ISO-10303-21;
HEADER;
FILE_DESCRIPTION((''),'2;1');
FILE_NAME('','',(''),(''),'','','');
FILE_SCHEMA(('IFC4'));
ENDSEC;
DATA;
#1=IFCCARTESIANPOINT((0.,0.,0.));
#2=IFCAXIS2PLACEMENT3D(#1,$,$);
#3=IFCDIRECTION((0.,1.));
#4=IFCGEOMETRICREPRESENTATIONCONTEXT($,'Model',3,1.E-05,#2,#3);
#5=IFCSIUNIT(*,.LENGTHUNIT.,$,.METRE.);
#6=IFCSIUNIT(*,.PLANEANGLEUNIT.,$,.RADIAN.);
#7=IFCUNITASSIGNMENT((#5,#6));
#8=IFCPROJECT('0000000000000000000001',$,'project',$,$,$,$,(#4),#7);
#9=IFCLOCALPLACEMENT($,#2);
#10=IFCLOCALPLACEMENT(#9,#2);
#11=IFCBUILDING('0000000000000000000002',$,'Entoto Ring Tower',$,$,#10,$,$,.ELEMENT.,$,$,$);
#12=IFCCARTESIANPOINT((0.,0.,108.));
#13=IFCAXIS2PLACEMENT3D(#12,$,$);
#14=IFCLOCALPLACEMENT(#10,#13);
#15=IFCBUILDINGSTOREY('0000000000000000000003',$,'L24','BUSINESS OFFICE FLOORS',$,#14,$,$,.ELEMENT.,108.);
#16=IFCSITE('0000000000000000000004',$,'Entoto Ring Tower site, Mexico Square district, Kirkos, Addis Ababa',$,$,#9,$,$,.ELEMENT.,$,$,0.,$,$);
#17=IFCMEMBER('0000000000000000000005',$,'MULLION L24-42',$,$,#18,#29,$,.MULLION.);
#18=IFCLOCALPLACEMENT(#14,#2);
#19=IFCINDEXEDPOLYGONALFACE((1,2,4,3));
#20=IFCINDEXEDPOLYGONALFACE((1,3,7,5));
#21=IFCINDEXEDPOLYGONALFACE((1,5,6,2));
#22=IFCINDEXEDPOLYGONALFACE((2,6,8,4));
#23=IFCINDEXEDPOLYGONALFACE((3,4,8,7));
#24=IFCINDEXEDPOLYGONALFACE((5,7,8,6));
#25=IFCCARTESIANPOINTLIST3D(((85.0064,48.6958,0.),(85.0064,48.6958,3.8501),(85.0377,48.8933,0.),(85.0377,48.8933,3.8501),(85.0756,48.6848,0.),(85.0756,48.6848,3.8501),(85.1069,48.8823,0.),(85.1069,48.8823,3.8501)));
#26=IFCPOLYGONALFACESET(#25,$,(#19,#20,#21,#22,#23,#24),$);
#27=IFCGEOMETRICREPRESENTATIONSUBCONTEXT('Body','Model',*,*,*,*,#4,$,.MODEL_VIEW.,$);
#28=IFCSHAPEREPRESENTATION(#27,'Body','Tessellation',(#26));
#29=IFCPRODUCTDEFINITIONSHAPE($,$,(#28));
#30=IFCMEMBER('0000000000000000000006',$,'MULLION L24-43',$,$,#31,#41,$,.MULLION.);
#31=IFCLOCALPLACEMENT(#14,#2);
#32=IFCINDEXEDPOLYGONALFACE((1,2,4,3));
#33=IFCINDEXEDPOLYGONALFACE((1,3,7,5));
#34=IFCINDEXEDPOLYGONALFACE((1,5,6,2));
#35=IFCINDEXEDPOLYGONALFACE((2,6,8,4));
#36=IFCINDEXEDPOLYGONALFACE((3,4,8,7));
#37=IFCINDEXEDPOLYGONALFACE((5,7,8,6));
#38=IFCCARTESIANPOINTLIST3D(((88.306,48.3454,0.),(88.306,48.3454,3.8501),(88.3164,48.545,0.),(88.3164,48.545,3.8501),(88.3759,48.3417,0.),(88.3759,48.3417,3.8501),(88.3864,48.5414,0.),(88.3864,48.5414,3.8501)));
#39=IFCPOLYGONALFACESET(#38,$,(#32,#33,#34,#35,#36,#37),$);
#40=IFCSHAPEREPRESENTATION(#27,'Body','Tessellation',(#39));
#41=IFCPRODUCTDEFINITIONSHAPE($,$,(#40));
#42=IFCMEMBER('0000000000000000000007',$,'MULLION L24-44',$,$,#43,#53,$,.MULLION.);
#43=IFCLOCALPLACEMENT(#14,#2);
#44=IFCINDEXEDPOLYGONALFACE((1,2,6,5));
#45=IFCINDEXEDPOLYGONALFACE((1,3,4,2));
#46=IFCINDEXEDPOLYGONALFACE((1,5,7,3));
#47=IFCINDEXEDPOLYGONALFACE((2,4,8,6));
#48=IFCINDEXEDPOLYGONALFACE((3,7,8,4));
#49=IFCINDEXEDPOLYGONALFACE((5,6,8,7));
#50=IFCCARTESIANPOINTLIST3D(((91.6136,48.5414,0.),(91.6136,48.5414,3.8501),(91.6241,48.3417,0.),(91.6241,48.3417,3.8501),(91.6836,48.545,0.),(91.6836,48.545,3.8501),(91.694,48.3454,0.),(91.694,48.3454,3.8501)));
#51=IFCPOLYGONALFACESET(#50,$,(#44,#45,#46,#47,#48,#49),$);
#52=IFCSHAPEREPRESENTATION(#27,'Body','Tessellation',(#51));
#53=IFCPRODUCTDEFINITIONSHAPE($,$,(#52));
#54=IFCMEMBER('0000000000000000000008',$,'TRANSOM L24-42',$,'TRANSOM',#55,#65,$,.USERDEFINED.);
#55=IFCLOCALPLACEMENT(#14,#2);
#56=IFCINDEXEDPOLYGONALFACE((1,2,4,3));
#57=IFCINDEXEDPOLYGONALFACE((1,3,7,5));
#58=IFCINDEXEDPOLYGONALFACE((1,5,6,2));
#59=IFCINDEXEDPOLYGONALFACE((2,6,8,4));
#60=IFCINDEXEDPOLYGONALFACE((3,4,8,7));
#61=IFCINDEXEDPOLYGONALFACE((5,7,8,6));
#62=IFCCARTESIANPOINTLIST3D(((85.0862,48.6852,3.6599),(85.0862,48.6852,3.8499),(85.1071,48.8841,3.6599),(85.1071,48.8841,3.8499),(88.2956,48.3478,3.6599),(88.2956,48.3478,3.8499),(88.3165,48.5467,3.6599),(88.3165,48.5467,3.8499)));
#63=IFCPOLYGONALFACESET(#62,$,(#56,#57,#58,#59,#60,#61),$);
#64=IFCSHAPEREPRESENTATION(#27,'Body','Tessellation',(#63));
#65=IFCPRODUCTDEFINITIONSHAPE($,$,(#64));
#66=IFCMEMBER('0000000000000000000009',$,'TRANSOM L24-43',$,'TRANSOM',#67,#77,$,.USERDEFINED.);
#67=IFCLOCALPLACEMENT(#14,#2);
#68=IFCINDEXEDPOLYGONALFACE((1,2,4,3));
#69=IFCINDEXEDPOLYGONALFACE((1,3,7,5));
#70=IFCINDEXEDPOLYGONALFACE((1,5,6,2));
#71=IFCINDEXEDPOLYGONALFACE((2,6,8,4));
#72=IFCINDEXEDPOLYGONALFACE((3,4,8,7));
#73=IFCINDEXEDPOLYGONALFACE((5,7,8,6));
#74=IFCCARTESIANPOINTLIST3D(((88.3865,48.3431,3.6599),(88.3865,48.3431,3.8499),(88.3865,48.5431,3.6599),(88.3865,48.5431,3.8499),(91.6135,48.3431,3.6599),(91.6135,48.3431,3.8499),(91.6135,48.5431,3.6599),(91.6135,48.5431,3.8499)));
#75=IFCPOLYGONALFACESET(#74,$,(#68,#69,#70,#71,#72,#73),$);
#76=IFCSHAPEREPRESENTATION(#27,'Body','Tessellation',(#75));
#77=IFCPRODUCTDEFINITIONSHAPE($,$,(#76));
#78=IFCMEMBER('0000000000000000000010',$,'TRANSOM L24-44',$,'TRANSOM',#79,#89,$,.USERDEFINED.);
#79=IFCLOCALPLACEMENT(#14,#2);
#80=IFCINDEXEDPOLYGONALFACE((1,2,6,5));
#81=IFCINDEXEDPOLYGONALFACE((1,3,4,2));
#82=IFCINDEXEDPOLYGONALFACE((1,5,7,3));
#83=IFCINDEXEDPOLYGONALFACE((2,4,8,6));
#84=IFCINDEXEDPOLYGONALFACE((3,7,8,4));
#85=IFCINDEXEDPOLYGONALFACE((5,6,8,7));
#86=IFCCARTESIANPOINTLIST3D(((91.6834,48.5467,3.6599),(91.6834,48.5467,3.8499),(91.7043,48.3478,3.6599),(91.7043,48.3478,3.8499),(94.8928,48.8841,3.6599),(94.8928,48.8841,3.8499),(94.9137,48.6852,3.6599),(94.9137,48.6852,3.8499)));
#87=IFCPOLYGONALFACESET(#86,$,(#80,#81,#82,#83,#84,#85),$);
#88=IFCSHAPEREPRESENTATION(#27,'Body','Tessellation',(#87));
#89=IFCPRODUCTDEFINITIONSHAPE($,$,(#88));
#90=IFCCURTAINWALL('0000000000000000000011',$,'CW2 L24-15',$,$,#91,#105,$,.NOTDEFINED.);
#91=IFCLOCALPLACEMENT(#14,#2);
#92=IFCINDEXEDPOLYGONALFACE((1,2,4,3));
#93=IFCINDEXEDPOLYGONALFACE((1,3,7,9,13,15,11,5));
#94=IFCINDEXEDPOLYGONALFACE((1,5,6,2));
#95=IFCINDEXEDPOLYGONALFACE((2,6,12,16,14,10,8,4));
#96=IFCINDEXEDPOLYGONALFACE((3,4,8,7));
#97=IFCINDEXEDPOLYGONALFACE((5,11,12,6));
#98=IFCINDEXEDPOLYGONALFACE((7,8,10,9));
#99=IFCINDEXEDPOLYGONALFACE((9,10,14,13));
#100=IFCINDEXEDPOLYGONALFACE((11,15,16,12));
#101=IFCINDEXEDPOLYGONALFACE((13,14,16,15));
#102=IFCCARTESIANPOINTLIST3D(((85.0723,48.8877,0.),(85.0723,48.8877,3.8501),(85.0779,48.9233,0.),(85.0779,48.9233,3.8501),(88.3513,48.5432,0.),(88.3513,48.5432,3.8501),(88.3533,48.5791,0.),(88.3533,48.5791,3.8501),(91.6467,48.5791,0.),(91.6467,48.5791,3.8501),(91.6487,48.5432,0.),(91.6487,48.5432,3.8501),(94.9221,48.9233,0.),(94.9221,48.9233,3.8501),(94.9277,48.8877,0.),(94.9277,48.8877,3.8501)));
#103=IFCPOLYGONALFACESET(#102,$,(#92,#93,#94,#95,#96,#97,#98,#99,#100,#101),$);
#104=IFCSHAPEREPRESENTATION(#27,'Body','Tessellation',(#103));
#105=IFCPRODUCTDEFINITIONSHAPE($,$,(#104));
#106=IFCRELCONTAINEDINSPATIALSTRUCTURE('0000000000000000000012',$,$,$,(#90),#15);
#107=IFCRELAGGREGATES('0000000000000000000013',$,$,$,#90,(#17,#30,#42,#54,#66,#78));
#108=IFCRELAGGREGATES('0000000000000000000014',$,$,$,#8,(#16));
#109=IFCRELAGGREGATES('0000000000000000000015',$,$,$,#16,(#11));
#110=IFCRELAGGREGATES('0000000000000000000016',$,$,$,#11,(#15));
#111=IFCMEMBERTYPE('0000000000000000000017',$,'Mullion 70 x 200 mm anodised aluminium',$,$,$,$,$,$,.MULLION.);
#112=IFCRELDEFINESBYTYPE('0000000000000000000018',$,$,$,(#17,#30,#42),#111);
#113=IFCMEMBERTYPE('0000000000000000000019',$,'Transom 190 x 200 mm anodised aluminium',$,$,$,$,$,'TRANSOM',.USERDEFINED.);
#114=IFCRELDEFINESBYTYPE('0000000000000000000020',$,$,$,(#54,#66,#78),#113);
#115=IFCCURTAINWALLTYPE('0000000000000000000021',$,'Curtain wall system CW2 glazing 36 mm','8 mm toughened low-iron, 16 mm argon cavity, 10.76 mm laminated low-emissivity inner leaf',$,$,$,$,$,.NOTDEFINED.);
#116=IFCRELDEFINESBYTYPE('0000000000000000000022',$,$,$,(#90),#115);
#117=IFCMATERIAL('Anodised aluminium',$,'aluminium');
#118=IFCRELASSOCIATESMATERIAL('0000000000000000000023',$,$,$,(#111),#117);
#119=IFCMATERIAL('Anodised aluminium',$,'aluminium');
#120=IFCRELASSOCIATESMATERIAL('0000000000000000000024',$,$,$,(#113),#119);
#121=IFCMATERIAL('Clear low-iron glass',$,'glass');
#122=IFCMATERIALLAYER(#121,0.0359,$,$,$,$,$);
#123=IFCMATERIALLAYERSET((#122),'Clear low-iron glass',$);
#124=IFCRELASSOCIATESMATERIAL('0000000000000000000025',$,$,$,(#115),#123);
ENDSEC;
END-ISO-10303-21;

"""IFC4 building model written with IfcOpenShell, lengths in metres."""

from ifc_helpers import new_model, si_unit, direction, frame, origin, origin_2d, place, context, subcontext, project, spatial, polyline, rectangle, outline, extrude, material, layer, layer_set, material_profile, profile_set, type_object, element, aggregate, save


model = new_model("IFC4")

# Units and contexts
model_context = context("Model", 3, precision=1e-05, world=origin(), true_north=direction((0.0, 1.0)))
body_context = subcontext(model_context, "Body", "Model", "MODEL_VIEW")
ifc_project = project(units=[si_unit("LENGTHUNIT", "METRE"), si_unit("PLANEANGLEUNIT", "RADIAN")], contexts=[model_context])

# Members
ifc_material_1 = material(Name="Anodised aluminium", Category="aluminium")
ifc_material_profile_1 = material_profile(ifc_material_1, rectangle(XDim=0.0701, YDim=0.2, at=origin_2d()), Name="Mullion 70 x 200 mm anodised aluminium")
ifc_profile_set_1 = profile_set([ifc_material_profile_1], Name="Anodised aluminium")
member_type_1 = type_object("IfcMemberType", Name="Mullion 70 x 200 mm anodised aluminium", PredefinedType="MULLION", material=ifc_profile_set_1)
site_placement = place(None, origin())
building_placement = place(site_placement, origin())
storey_placement = place(building_placement, frame((0.0, 0.0, 108.0)))
member_1_placement = place(storey_placement, frame((85.0566, 48.7891, 0.0), z_axis=(0.0, 0.0, 1.0), x_axis=(0.987688, -0.156434, 0.0)))
member_1 = element("IfcMember", 1, at=member_1_placement, type_object=member_type_1, Name="MULLION L24-42", PredefinedType="MULLION", context=body_context, shape_type="SweptSolid", body=[
    extrude(rectangle(XDim=0.0701, YDim=0.2, at=origin_2d()), origin(), (0.0, 0.0, 1.0), 3.8501),
])
member_2_placement = place(storey_placement, frame((88.3462, 48.4434, 0.0), z_axis=(0.0, 0.0, 1.0), x_axis=(0.99863, -0.052336, 0.0)))
member_2 = element("IfcMember", 2, at=member_2_placement, type_object=member_type_1, Name="MULLION L24-43", PredefinedType="MULLION", context=body_context, shape_type="SweptSolid", body=[
    extrude(rectangle(XDim=0.0701, YDim=0.2, at=origin_2d()), origin(), (0.0, 0.0, 1.0), 3.8501),
])
member_3_placement = place(storey_placement, frame((91.6538, 48.4434, 0.0), z_axis=(0.0, 0.0, 1.0), x_axis=(0.99863, 0.052336, 0.0)))
member_3 = element("IfcMember", 3, at=member_3_placement, type_object=member_type_1, Name="MULLION L24-44", PredefinedType="MULLION", context=body_context, shape_type="SweptSolid", body=[
    extrude(rectangle(XDim=0.0701, YDim=0.2, at=origin_2d()), origin(), (0.0, 0.0, 1.0), 3.8501),
])
ifc_material_2 = material(Name="Anodised aluminium", Category="aluminium")
ifc_material_profile_2 = material_profile(ifc_material_2, rectangle(XDim=0.2, YDim=0.1899, at=origin_2d()), Name="Transom 190 x 200 mm anodised aluminium")
ifc_profile_set_2 = profile_set([ifc_material_profile_2], Name="Anodised aluminium")
member_type_2 = type_object("IfcMemberType", Name="Transom 190 x 200 mm anodised aluminium", ElementType="TRANSOM", PredefinedType="USERDEFINED", material=ifc_profile_set_2)
member_4_placement = place(storey_placement, frame((85.0967, 48.7847, 3.7549), z_axis=(0.99452, -0.104551, 0.0), x_axis=(0.104551, 0.99452, 0.0)))
member_4 = element("IfcMember", 4, at=member_4_placement, type_object=member_type_2, Name="TRANSOM L24-42", ObjectType="TRANSOM", PredefinedType="USERDEFINED", context=body_context, shape_type="SweptSolid", body=[
    extrude(rectangle(XDim=0.2, YDim=0.1899, at=origin_2d()), origin(), (0.0, 0.0, 1.0), 3.2271),
])
member_5_placement = place(storey_placement, frame((88.3865, 48.4431, 3.7549), z_axis=(1.0, 0.0, 0.0), x_axis=(0.0, 1.0, 0.0)))
member_5 = element("IfcMember", 5, at=member_5_placement, type_object=member_type_2, Name="TRANSOM L24-43", ObjectType="TRANSOM", PredefinedType="USERDEFINED", context=body_context, shape_type="SweptSolid", body=[
    extrude(rectangle(XDim=0.2, YDim=0.1899, at=origin_2d()), origin(), (0.0, 0.0, 1.0), 3.2271),
])
member_6_placement = place(storey_placement, frame((91.6938, 48.4473, 3.7549), z_axis=(0.99452, 0.104551, 0.0), x_axis=(-0.104551, 0.99452, 0.0)))
member_6 = element("IfcMember", 6, at=member_6_placement, type_object=member_type_2, Name="TRANSOM L24-44", ObjectType="TRANSOM", PredefinedType="USERDEFINED", context=body_context, shape_type="SweptSolid", body=[
    extrude(rectangle(XDim=0.2, YDim=0.1899, at=origin_2d()), origin(), (0.0, 0.0, 1.0), 3.2271),
])

# Site, building, storey
site = spatial("IfcSite", under=ifc_project, at=site_placement, Name="Entoto Ring Tower site, Mexico Square district, Kirkos, Addis Ababa", CompositionType="ELEMENT", RefElevation=0.0)
building = spatial("IfcBuilding", under=site, at=building_placement, Name="Entoto Ring Tower", CompositionType="ELEMENT")
storey = spatial("IfcBuildingStorey", under=building, at=storey_placement, Name="L24", Description="BUSINESS OFFICE FLOORS", CompositionType="ELEMENT", Elevation=108.0)

# Curtain wall
ifc_material_3 = material(Name="Clear low-iron glass", Category="glass")
ifc_layer = layer(ifc_material_3, 0.0359)
ifc_layer_set = layer_set([ifc_layer], Name="Clear low-iron glass")
curtain_wall_type = type_object("IfcCurtainWallType", Name="Curtain wall system CW2 glazing 36 mm", Description="8 mm toughened low-iron, 16 mm argon cavity, 10.76 mm laminated low-emissivity inner leaf", PredefinedType="NOTDEFINED", material=ifc_layer_set)
curtain_wall_1_placement = place(storey_placement, origin())
curtain_wall_1 = element("IfcCurtainWall", 7, at=curtain_wall_1_placement, inside=storey, type_object=curtain_wall_type, Name="CW2 L24-15", PredefinedType="NOTDEFINED", context=body_context, shape_type="SweptSolid", body=[
    extrude(outline(polyline([(85.0723, 48.8877), (88.3513, 48.5432), (91.6487, 48.5432), (94.9277, 48.8877), (94.9221, 48.9233), (91.6467, 48.5791), (88.3533, 48.5791), (85.0779, 48.9233), (85.0723, 48.8877)])), origin(), (0.0, 0.0, 1.0), 3.8501),
])
aggregate(curtain_wall_1, [member_1, member_2, member_3, member_4, member_5, member_6])

save(model, "model.ifc")
